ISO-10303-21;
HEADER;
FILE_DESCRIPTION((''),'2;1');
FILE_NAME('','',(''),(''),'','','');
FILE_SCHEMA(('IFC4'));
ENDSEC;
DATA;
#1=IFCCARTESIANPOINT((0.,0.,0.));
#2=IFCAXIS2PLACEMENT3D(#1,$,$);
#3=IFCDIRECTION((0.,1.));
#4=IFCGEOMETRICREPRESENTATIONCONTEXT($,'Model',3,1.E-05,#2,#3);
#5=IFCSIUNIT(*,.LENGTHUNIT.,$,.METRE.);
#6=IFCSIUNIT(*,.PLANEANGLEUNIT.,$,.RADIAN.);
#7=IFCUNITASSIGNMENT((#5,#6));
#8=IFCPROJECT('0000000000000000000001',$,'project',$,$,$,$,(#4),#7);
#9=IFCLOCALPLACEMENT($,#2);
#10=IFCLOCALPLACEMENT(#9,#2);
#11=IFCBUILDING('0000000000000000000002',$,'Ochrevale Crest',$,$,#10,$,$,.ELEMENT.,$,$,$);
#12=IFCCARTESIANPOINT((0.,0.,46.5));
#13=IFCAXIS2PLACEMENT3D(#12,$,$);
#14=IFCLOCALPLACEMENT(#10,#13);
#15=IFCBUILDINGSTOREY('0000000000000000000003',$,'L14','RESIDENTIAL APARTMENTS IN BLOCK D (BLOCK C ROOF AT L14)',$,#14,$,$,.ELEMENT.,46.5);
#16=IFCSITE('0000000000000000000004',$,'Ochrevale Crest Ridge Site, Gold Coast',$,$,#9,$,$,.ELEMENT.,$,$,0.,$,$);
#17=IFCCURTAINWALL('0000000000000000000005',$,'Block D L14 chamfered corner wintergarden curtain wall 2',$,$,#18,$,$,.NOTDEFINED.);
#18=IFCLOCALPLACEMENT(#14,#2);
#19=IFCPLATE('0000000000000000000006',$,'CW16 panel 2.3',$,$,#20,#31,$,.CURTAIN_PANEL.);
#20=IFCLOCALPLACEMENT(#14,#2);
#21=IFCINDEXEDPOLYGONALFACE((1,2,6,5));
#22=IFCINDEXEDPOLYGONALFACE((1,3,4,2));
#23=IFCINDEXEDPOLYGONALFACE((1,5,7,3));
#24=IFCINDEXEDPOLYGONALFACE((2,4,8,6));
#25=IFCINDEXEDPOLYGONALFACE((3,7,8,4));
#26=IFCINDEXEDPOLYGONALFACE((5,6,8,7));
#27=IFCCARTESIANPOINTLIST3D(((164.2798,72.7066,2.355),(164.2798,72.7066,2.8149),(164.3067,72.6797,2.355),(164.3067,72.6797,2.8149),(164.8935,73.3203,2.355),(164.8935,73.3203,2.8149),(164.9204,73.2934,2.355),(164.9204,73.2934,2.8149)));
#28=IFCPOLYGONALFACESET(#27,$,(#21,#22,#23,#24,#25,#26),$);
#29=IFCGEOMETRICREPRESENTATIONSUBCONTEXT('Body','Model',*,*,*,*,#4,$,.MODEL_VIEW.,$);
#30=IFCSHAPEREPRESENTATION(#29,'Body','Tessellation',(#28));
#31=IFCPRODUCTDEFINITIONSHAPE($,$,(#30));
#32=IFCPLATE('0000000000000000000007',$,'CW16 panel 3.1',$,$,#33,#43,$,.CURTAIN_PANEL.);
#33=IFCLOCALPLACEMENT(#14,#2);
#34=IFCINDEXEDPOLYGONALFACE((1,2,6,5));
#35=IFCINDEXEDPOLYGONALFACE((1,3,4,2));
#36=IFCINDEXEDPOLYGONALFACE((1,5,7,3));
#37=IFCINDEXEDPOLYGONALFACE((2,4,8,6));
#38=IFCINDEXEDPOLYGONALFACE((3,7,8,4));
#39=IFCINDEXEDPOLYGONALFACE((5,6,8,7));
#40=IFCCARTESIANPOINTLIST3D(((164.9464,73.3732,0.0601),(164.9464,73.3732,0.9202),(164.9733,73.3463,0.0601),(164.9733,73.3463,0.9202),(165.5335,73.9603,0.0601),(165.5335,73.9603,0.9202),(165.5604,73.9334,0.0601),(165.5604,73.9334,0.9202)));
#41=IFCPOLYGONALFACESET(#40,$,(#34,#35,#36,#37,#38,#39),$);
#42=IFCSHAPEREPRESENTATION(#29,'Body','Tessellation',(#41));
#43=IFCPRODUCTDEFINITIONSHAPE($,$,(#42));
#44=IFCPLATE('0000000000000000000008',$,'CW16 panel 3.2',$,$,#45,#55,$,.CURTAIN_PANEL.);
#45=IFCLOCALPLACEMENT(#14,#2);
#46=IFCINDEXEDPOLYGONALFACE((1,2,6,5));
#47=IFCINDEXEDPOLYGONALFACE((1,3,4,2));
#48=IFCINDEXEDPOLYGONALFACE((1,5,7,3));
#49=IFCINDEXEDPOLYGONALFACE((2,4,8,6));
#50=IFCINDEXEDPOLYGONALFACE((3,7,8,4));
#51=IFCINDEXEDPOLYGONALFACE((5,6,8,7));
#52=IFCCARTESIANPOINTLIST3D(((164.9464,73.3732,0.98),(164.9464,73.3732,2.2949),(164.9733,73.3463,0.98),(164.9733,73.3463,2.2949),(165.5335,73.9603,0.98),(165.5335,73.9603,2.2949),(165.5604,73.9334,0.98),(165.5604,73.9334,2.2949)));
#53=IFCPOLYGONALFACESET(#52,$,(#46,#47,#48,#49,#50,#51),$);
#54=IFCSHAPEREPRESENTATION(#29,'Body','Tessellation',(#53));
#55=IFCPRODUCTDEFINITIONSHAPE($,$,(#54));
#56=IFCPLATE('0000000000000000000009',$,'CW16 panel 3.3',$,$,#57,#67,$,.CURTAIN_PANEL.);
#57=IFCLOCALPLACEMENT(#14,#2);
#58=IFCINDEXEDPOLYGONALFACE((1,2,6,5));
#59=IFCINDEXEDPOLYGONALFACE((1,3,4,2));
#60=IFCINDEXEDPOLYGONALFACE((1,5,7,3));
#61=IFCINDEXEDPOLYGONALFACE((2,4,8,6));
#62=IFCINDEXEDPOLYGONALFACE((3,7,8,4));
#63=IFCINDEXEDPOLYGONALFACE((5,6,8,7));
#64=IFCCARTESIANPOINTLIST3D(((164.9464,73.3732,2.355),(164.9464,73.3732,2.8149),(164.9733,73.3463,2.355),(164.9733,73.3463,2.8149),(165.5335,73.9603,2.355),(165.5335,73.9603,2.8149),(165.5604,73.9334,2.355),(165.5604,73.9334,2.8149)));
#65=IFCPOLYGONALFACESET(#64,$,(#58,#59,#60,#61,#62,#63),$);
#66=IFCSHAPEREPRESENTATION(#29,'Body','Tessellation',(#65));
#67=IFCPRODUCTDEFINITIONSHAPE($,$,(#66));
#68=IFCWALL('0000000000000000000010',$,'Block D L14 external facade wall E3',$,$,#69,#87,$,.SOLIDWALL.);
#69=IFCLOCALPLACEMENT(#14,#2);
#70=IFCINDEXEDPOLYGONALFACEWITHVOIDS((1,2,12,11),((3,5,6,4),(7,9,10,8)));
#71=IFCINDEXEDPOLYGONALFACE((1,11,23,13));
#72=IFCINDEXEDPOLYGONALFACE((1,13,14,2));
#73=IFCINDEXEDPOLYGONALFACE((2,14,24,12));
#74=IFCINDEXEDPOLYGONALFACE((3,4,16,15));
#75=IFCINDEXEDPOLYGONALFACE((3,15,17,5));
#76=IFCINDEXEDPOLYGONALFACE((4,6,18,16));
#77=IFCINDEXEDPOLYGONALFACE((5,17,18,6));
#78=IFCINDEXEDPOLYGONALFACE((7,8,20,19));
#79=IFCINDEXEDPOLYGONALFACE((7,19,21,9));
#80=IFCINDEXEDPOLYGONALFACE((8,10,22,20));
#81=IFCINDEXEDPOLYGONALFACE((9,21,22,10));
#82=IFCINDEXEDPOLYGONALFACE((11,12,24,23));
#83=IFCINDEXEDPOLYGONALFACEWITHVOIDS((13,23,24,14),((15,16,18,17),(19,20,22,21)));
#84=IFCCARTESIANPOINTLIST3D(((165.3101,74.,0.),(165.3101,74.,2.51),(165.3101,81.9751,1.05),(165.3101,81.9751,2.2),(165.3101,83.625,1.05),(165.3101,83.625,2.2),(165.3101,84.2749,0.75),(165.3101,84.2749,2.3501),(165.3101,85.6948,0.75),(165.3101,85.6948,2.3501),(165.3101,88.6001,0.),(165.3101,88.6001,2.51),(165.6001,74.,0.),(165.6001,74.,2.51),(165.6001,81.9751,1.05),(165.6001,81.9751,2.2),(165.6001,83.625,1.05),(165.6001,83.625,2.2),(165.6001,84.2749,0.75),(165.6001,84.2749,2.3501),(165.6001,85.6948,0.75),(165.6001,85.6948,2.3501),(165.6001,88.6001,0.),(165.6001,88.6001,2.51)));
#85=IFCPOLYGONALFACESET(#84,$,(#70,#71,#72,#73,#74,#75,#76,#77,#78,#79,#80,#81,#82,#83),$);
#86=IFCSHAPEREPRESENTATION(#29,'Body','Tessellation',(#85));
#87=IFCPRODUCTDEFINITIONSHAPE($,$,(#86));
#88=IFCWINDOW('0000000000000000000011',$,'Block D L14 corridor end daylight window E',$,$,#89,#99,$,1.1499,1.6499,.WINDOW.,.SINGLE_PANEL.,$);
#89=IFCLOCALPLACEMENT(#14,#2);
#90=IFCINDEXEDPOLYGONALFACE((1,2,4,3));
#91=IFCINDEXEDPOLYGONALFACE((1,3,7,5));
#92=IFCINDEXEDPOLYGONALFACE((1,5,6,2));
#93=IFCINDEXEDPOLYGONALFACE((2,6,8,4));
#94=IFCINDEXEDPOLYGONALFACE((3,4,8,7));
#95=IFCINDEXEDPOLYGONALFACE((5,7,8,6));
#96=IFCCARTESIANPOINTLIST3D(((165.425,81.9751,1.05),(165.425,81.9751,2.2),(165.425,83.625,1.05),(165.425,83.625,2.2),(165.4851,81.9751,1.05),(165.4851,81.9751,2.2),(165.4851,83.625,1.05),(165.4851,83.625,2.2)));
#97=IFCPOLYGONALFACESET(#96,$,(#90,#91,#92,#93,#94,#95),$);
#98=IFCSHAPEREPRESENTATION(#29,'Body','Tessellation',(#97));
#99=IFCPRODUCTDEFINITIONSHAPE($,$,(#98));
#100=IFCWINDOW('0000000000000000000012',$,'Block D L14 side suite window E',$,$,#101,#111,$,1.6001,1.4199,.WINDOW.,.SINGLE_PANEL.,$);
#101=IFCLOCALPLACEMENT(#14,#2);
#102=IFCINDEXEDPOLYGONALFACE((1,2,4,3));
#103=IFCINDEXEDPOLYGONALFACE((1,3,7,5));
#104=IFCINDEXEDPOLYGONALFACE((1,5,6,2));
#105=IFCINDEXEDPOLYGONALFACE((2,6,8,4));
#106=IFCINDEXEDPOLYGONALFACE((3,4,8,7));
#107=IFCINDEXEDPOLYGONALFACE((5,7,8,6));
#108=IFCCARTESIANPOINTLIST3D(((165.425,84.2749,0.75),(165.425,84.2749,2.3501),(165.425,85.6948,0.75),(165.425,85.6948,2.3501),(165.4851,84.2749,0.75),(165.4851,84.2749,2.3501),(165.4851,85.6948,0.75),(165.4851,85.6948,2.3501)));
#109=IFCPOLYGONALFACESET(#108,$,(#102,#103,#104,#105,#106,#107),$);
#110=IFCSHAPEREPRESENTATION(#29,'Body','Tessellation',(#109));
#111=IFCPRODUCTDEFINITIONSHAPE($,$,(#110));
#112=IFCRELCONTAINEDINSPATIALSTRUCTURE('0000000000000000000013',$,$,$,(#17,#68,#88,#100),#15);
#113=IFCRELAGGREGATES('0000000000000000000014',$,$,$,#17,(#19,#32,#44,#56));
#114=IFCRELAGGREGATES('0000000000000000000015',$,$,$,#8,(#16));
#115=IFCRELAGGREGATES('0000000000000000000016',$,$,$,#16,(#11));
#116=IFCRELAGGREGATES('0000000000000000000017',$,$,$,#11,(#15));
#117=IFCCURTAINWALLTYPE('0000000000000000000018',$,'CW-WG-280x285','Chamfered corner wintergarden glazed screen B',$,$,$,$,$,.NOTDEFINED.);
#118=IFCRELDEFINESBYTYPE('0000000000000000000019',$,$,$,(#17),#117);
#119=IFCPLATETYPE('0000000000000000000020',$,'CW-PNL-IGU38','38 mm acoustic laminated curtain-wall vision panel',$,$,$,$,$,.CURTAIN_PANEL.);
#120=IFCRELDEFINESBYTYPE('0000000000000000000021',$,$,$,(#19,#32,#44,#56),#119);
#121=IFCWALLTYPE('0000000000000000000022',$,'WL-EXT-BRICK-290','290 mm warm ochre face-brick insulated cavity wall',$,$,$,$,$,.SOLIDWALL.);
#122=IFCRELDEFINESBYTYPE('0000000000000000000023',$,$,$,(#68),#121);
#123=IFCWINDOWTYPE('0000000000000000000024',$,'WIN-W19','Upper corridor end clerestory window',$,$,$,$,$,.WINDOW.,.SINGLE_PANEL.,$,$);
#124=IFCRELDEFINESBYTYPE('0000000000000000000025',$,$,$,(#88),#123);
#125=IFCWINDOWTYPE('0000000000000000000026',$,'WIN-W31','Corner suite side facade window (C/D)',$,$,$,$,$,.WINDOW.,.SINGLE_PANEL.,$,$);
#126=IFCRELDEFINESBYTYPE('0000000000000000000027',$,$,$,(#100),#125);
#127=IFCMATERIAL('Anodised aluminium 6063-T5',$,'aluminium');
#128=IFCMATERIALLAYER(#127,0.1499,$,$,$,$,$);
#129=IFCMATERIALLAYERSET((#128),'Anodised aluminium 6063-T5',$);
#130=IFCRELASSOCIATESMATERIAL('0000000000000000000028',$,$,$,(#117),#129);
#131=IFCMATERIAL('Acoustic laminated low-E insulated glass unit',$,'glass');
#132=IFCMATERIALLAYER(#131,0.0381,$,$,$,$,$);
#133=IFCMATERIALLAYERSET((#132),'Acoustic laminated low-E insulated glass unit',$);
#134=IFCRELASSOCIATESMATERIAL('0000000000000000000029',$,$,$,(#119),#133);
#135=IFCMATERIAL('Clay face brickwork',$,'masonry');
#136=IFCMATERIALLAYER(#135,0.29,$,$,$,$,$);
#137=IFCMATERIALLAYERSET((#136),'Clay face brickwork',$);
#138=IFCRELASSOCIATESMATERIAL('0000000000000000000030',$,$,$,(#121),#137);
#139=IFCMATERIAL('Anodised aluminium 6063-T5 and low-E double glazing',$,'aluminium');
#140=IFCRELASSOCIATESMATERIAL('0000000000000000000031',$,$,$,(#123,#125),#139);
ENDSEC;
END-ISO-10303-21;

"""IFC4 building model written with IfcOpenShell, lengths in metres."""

from ifc_helpers import new_model, si_unit, direction, frame, frame_2d, origin, origin_2d, place, context, subcontext, project, spatial, rectangle, extrude, material, layer, layer_set, type_object, element, fill, aggregate, save


model = new_model("IFC4")

# Units and contexts
model_context = context("Model", 3, precision=1e-05, world=origin(), true_north=direction((0.0, 1.0)))
body_context = subcontext(model_context, "Body", "Model", "MODEL_VIEW")
ifc_project = project(units=[si_unit("LENGTHUNIT", "METRE"), si_unit("PLANEANGLEUNIT", "RADIAN")], contexts=[model_context])

# Site, building, storey
site_placement = place(None, origin())
site = spatial("IfcSite", under=ifc_project, at=site_placement, Name="Ochrevale Crest Ridge Site, Gold Coast", CompositionType="ELEMENT", RefElevation=0.0)
building_placement = place(site_placement, origin())
building = spatial("IfcBuilding", under=site, at=building_placement, Name="Ochrevale Crest", CompositionType="ELEMENT")
storey_placement = place(building_placement, frame((0.0, 0.0, 46.5)))
storey = spatial("IfcBuildingStorey", under=building, at=storey_placement, Name="L14", Description="RESIDENTIAL APARTMENTS IN BLOCK D (BLOCK C ROOF AT L14)", CompositionType="ELEMENT", Elevation=46.5)

# Curtain wall, plates
ifc_material_1 = material(Name="Anodised aluminium 6063-T5", Category="aluminium")
ifc_layer_1 = layer(ifc_material_1, 0.1499)
ifc_layer_set_1 = layer_set([ifc_layer_1], Name="Anodised aluminium 6063-T5")
curtain_wall_type = type_object("IfcCurtainWallType", Name="CW-WG-280x285", Description="Chamfered corner wintergarden glazed screen B", PredefinedType="NOTDEFINED", material=ifc_layer_set_1)
curtain_wall_placement = place(storey_placement, origin())
curtain_wall = element("IfcCurtainWall", 1, at=curtain_wall_placement, inside=storey, type_object=curtain_wall_type, Name="Block D L14 chamfered corner wintergarden curtain wall 2", PredefinedType="NOTDEFINED")
ifc_material_2 = material(Name="Acoustic laminated low-E insulated glass unit", Category="glass")
ifc_layer_2 = layer(ifc_material_2, 0.0381)
ifc_layer_set_2 = layer_set([ifc_layer_2], Name="Acoustic laminated low-E insulated glass unit")
plate_type = type_object("IfcPlateType", Name="CW-PNL-IGU38", Description="38 mm acoustic laminated curtain-wall vision panel", PredefinedType="CURTAIN_PANEL", material=ifc_layer_set_2)
plate_1_placement = place(storey_placement, frame((164.6001, 73.0, 2.355), z_axis=(0.0, 0.0, 1.0), x_axis=(0.707107, 0.707107, 0.0)))
plate_1 = element("IfcPlate", 2, at=plate_1_placement, type_object=plate_type, Name="CW16 panel 2.3", PredefinedType="CURTAIN_PANEL", context=body_context, shape_type="SweptSolid", body=[
    extrude(rectangle(XDim=0.8679, YDim=0.0381, at=origin_2d()), origin(), (0.0, 0.0, 1.0), 0.46),
])
plate_2_placement = place(storey_placement, frame((165.2534, 73.6533, 0.0601), z_axis=(0.0, 0.0, 1.0), x_axis=(0.707107, 0.707107, 0.0)))
plate_2 = element("IfcPlate", 3, at=plate_2_placement, type_object=plate_type, Name="CW16 panel 3.1", PredefinedType="CURTAIN_PANEL", context=body_context, shape_type="SweptSolid", body=[
    extrude(rectangle(XDim=0.8303, YDim=0.0381, at=origin_2d()), origin(), (0.0, 0.0, 1.0), 0.8601),
])
plate_3_placement = place(storey_placement, frame((165.2534, 73.6533, 0.98), z_axis=(0.0, 0.0, 1.0), x_axis=(0.707107, 0.707107, 0.0)))
plate_3 = element("IfcPlate", 4, at=plate_3_placement, type_object=plate_type, Name="CW16 panel 3.2", PredefinedType="CURTAIN_PANEL", context=body_context, shape_type="SweptSolid", body=[
    extrude(rectangle(XDim=0.8303, YDim=0.0381, at=origin_2d()), origin(), (0.0, 0.0, 1.0), 1.3149),
])
plate_4_placement = place(storey_placement, frame((165.2534, 73.6533, 2.355), z_axis=(0.0, 0.0, 1.0), x_axis=(0.707107, 0.707107, 0.0)))
plate_4 = element("IfcPlate", 5, at=plate_4_placement, type_object=plate_type, Name="CW16 panel 3.3", PredefinedType="CURTAIN_PANEL", context=body_context, shape_type="SweptSolid", body=[
    extrude(rectangle(XDim=0.8303, YDim=0.0381, at=origin_2d()), origin(), (0.0, 0.0, 1.0), 0.46),
])
aggregate(curtain_wall, [plate_1, plate_2, plate_3, plate_4])

# Wall, openings, windows
ifc_material_3 = material(Name="Clay face brickwork", Category="masonry")
ifc_layer_3 = layer(ifc_material_3, 0.29)
ifc_layer_set_3 = layer_set([ifc_layer_3], Name="Clay face brickwork")
wall_type = type_object("IfcWallType", Name="WL-EXT-BRICK-290", Description="290 mm warm ochre face-brick insulated cavity wall", PredefinedType="SOLIDWALL", material=ifc_layer_set_3)
wall_placement = place(storey_placement, frame((165.4551, 74.0, 0.0), z_axis=(0.0, 0.0, 1.0), x_axis=(0.0, 1.0, 0.0)))
wall = element("IfcWall", 6, at=wall_placement, inside=storey, type_object=wall_type, Name="Block D L14 external facade wall E3", PredefinedType="SOLIDWALL", context=body_context, shape_type="SweptSolid", body=[
    extrude(rectangle(XDim=14.6001, YDim=0.29, at=frame_2d((7.3, 0.0))), origin(), (0.0, 0.0, 1.0), 2.51),
])
opening_1_placement = place(wall_placement, frame((7.9751, 0.0, 1.05)))
opening_1 = element("IfcOpeningElement", 7, at=opening_1_placement, cuts=wall, PredefinedType="OPENING", context=body_context, shape_type="SweptSolid", body=[
    extrude(rectangle(XDim=1.6499, YDim=1.1499, at=frame_2d((0.825, 0.575))), frame((0.0, 0.155, 0.0), z_axis=(0.0, -1.0, 0.0), x_axis=(1.0, 0.0, 0.0)), (0.0, 0.0, 1.0), 0.3101),
])
opening_2_placement = place(wall_placement, frame((10.2749, 0.0, 0.75)))
opening_2 = element("IfcOpeningElement", 8, at=opening_2_placement, cuts=wall, PredefinedType="OPENING", context=body_context, shape_type="SweptSolid", body=[
    extrude(rectangle(XDim=1.4199, YDim=1.6001, at=frame_2d((0.71, 0.8))), frame((0.0, 0.155, 0.0), z_axis=(0.0, -1.0, 0.0), x_axis=(1.0, 0.0, 0.0)), (0.0, 0.0, 1.0), 0.3101),
])
ifc_material_4 = material(Name="Anodised aluminium 6063-T5 and low-E double glazing", Category="aluminium")
window_type_1 = type_object("IfcWindowType", Name="WIN-W19", Description="Upper corridor end clerestory window", PartitioningType="SINGLE_PANEL", PredefinedType="WINDOW", material=ifc_material_4)
window_1_placement = place(opening_1_placement, origin())
window_1 = element("IfcWindow", 9, at=window_1_placement, inside=storey, type_object=window_type_1, Name="Block D L14 corridor end daylight window E", OverallHeight=1.1499, OverallWidth=1.6499, PartitioningType="SINGLE_PANEL", PredefinedType="WINDOW", context=body_context, shape_type="SweptSolid", body=[
    extrude(rectangle(XDim=1.6499, YDim=1.1499, at=frame_2d((0.825, 0.575))), frame((0.0, 0.03, 0.0), z_axis=(0.0, -1.0, 0.0), x_axis=(1.0, 0.0, 0.0)), (0.0, 0.0, 1.0), 0.0601),
])
fill(opening_1, window_1)
window_type_2 = type_object("IfcWindowType", Name="WIN-W31", Description="Corner suite side facade window (C/D)", PartitioningType="SINGLE_PANEL", PredefinedType="WINDOW", material=ifc_material_4)
window_2_placement = place(opening_2_placement, origin())
window_2 = element("IfcWindow", 10, at=window_2_placement, inside=storey, type_object=window_type_2, Name="Block D L14 side suite window E", OverallHeight=1.6001, OverallWidth=1.4199, PartitioningType="SINGLE_PANEL", PredefinedType="WINDOW", context=body_context, shape_type="SweptSolid", body=[
    extrude(rectangle(XDim=1.4199, YDim=1.6001, at=frame_2d((0.71, 0.8))), frame((0.0, 0.03, 0.0), z_axis=(0.0, -1.0, 0.0), x_axis=(1.0, 0.0, 0.0)), (0.0, 0.0, 1.0), 0.0601),
])
fill(opening_2, window_2)

save(model, "model.ifc")
